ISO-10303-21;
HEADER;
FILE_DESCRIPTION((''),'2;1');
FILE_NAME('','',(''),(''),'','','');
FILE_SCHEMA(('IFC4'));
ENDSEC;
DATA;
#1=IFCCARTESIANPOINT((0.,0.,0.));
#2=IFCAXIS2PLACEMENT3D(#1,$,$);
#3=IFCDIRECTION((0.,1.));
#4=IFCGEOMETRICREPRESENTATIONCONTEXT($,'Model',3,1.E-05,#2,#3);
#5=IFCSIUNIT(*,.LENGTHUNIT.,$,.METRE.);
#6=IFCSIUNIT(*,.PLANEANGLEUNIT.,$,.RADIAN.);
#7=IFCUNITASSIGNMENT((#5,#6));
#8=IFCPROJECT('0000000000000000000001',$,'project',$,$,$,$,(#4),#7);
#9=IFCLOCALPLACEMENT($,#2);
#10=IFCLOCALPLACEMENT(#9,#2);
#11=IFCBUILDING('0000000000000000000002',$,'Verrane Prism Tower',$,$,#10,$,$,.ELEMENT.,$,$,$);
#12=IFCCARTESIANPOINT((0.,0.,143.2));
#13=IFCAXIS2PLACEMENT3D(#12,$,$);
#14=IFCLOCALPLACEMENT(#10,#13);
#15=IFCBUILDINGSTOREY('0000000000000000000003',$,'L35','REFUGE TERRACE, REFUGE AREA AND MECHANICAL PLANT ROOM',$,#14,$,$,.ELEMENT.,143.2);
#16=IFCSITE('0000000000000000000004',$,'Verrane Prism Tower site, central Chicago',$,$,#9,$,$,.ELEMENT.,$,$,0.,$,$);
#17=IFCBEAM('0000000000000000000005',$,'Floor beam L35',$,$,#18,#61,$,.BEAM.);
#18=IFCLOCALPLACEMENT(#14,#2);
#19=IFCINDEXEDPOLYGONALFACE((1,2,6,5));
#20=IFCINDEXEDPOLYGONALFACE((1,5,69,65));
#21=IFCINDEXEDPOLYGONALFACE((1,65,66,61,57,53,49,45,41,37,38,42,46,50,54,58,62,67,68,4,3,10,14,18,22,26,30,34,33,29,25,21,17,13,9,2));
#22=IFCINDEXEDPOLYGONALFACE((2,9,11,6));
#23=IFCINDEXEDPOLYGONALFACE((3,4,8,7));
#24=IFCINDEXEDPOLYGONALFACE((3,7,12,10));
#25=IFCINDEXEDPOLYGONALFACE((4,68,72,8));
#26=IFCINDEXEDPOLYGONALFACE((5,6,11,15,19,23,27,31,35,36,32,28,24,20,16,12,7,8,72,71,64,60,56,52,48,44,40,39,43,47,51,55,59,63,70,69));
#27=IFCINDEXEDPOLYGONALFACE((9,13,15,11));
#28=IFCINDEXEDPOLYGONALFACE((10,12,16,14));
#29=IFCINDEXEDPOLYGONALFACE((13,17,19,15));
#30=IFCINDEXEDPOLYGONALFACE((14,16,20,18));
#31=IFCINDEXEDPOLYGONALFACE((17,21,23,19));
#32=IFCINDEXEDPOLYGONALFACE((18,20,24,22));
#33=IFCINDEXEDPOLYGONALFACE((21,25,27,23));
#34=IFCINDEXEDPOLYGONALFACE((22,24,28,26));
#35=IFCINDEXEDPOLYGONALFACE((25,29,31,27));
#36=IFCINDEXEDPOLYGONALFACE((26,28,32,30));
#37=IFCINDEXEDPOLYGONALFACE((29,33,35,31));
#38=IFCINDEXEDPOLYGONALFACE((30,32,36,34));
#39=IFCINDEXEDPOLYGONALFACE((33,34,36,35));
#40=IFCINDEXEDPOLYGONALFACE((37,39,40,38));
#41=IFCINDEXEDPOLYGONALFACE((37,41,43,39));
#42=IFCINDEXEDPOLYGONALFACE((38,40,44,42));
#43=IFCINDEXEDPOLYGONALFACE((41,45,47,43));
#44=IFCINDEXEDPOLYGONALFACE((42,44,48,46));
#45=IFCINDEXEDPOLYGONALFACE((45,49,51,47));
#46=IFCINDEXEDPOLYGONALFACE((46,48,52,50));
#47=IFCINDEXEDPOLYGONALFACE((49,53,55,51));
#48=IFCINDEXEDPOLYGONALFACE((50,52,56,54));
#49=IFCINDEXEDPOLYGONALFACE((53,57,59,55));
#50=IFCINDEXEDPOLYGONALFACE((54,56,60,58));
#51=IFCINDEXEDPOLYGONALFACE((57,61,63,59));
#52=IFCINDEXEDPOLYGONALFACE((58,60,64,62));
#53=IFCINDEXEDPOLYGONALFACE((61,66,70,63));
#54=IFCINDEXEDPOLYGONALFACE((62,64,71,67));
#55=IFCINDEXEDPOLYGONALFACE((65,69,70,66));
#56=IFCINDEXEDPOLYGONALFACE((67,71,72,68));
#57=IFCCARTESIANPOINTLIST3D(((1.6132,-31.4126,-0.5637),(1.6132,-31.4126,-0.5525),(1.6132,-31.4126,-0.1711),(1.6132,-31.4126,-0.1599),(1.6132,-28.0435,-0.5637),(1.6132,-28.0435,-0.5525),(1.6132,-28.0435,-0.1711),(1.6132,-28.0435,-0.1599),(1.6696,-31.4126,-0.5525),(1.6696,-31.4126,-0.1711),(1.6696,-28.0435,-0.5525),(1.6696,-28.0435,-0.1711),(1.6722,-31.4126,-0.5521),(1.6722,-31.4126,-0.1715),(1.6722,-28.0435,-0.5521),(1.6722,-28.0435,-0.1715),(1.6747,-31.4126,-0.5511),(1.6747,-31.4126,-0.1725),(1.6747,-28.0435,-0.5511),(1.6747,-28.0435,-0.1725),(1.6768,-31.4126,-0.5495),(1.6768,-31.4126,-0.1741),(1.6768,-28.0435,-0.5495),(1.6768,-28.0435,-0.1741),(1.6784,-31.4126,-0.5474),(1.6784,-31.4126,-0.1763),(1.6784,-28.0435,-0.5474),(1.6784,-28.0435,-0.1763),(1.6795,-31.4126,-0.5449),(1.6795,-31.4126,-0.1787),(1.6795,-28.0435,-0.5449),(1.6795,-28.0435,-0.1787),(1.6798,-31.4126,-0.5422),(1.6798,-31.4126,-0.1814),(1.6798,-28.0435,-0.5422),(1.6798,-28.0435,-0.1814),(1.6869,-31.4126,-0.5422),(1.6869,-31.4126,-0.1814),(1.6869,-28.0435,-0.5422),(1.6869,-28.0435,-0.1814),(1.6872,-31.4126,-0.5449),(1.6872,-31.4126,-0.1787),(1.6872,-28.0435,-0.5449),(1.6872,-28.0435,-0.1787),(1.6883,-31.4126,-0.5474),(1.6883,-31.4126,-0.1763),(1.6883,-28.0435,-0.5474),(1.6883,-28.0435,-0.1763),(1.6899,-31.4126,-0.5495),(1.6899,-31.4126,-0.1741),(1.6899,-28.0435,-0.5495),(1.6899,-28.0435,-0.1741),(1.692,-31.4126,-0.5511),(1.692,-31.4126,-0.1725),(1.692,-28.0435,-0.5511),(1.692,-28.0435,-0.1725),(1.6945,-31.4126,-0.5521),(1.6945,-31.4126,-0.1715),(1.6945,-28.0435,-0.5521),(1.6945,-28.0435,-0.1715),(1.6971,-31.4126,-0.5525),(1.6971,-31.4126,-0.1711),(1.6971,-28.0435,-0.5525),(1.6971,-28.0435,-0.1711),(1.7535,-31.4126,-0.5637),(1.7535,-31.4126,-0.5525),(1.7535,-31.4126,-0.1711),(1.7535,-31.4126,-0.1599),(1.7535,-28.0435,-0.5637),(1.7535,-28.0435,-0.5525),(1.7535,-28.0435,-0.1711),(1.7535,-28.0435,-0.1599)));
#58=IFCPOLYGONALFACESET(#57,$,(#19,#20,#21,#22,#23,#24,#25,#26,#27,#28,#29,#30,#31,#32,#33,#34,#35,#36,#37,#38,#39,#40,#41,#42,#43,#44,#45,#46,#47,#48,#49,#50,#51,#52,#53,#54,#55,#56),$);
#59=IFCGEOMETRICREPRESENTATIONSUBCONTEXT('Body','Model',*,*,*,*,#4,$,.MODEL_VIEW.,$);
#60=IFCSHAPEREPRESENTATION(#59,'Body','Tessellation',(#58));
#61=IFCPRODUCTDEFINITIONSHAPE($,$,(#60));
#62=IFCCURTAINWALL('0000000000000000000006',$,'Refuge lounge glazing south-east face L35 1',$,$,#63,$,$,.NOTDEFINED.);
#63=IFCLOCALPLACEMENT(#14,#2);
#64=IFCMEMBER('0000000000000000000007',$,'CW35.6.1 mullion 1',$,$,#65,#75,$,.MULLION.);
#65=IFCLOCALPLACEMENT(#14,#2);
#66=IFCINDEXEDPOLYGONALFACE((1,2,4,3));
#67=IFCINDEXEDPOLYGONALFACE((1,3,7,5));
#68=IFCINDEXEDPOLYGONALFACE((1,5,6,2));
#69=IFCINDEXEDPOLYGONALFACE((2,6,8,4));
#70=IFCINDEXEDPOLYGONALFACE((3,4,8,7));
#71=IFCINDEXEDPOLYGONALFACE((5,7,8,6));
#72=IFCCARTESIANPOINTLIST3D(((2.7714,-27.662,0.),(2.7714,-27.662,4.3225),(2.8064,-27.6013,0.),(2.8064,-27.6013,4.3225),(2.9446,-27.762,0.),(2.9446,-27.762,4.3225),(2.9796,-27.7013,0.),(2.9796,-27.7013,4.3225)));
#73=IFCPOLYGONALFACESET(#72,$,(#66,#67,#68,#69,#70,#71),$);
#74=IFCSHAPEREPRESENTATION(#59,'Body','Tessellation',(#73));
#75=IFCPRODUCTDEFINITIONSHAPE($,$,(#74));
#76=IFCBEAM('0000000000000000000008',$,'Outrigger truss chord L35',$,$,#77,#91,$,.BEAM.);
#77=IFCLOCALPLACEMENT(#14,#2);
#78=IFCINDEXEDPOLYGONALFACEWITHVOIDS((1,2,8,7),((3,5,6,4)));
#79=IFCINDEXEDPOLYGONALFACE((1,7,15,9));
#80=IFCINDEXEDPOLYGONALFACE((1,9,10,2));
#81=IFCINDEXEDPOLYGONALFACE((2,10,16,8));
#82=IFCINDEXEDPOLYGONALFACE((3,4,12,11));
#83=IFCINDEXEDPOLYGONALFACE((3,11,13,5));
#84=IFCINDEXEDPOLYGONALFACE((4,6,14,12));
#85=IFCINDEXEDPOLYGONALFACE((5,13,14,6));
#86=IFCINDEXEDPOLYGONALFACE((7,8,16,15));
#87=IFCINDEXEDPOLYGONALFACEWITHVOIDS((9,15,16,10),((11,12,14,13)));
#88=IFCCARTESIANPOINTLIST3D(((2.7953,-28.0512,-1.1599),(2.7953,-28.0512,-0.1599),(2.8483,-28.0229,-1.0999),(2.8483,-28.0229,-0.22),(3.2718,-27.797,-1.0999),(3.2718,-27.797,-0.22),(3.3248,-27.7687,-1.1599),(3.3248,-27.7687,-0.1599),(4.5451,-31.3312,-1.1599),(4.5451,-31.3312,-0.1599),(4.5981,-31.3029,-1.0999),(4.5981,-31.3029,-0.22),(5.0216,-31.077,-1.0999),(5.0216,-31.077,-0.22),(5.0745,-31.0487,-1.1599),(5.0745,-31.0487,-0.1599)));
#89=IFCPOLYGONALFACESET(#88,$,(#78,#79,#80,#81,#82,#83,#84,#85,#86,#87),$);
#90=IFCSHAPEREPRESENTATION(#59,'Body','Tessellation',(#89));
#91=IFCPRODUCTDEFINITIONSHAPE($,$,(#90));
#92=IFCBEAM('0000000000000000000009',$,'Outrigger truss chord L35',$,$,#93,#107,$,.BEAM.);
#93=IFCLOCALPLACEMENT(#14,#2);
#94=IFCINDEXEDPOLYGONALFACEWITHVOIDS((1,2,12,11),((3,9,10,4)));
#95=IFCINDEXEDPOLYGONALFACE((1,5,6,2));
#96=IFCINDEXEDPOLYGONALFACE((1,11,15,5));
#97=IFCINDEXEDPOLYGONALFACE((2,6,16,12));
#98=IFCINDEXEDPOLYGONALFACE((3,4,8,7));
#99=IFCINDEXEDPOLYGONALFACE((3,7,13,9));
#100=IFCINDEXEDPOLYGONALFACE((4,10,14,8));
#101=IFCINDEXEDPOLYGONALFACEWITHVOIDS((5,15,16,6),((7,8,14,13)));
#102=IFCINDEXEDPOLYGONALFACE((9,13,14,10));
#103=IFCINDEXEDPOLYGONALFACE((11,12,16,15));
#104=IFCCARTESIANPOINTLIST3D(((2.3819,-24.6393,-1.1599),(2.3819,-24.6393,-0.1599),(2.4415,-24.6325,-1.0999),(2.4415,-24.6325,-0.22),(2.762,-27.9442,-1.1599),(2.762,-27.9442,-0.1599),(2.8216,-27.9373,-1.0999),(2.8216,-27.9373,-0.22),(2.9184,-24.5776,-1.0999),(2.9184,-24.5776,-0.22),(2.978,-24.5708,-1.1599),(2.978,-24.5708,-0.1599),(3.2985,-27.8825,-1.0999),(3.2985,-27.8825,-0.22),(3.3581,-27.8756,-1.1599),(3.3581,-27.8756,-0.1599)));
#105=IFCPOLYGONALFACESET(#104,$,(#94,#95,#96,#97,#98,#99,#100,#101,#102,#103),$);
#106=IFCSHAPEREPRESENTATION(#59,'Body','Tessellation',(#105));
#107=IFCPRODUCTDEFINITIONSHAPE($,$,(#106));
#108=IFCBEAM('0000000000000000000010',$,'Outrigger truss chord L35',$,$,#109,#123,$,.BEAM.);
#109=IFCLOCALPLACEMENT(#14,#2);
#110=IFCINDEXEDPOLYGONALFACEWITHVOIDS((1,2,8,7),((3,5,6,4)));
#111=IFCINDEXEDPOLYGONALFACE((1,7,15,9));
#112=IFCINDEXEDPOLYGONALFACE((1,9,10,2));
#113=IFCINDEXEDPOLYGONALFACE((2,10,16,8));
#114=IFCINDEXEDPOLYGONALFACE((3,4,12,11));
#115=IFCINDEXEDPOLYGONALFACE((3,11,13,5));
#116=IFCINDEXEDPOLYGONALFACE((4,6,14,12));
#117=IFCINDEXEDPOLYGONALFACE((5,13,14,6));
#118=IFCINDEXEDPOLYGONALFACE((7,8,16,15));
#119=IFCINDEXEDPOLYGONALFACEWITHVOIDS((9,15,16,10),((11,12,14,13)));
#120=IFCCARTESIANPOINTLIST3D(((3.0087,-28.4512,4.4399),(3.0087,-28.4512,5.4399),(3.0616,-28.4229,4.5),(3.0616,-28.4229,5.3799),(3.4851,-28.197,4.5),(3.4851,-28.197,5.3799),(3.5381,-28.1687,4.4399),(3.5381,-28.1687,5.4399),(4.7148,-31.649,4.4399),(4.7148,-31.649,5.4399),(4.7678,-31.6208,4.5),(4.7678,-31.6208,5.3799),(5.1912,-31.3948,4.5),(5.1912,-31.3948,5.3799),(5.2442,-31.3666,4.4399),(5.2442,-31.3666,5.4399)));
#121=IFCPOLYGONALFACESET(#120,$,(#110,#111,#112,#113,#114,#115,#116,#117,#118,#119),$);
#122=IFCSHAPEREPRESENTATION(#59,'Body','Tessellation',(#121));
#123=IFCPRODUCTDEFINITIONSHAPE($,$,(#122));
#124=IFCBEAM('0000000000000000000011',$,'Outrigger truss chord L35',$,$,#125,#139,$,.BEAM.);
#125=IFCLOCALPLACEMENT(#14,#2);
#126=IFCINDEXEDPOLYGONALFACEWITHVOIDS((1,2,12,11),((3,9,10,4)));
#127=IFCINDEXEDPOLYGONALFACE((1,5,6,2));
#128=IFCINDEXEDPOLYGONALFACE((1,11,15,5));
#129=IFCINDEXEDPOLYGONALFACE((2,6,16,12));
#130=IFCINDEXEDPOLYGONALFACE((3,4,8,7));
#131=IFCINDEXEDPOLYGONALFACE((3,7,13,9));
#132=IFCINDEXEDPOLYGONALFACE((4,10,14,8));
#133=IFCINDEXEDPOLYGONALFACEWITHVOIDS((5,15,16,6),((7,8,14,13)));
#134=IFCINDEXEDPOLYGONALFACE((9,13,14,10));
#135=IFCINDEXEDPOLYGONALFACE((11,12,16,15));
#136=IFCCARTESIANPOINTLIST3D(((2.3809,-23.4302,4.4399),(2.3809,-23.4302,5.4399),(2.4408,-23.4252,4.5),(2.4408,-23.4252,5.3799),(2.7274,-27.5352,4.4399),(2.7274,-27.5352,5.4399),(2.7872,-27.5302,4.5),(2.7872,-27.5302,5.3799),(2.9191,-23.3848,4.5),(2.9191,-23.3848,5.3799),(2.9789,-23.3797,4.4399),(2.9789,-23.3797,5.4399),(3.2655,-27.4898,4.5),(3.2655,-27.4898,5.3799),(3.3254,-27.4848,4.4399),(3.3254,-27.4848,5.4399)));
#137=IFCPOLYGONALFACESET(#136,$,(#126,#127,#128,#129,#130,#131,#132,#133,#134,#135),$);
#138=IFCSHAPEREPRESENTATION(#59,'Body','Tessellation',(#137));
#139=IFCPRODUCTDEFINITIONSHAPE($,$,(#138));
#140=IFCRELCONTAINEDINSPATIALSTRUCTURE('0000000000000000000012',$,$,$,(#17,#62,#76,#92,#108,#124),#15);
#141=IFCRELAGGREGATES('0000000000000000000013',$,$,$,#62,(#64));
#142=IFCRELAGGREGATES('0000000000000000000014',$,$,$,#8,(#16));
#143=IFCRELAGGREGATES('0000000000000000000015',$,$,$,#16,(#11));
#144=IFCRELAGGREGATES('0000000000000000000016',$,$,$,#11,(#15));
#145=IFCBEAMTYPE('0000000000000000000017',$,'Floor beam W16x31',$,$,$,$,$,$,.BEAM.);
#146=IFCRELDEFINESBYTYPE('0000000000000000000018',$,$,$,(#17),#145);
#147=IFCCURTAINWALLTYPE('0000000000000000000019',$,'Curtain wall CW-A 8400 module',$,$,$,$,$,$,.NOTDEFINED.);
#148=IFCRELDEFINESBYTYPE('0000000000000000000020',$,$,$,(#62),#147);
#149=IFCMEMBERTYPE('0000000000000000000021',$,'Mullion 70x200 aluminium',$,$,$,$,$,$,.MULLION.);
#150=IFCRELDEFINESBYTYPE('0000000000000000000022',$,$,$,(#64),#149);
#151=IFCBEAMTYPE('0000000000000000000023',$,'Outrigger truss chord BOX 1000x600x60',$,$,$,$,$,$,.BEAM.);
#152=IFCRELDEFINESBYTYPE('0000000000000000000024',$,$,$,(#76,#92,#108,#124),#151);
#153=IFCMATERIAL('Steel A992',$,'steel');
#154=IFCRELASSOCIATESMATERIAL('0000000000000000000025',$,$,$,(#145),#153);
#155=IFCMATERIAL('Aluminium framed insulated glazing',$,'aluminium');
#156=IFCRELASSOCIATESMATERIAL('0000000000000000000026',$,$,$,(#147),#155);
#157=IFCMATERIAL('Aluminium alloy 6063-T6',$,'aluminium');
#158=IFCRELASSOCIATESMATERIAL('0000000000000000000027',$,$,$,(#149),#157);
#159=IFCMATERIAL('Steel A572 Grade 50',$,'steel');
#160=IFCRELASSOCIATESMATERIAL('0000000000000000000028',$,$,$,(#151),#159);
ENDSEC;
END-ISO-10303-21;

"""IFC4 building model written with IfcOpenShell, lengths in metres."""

from ifc_helpers import new_model, si_unit, direction, frame, origin, origin_2d, place, context, subcontext, project, spatial, rectangle, hollow_rectangle, i_section, extrude, material, material_profile, profile_set, type_object, element, aggregate, save


model = new_model("IFC4")

# Units and contexts
model_context = context("Model", 3, precision=1e-05, world=origin(), true_north=direction((0.0, 1.0)))
body_context = subcontext(model_context, "Body", "Model", "MODEL_VIEW")
ifc_project = project(units=[si_unit("LENGTHUNIT", "METRE"), si_unit("PLANEANGLEUNIT", "RADIAN")], contexts=[model_context])

# Site, building, storey
site_placement = place(None, origin())
site = spatial("IfcSite", under=ifc_project, at=site_placement, Name="Verrane Prism Tower site, central Chicago", CompositionType="ELEMENT", RefElevation=0.0)
building_placement = place(site_placement, origin())
building = spatial("IfcBuilding", under=site, at=building_placement, Name="Verrane Prism Tower", CompositionType="ELEMENT")
storey_placement = place(building_placement, frame((0.0, 0.0, 143.2)))
storey = spatial("IfcBuildingStorey", under=building, at=storey_placement, Name="L35", Description="REFUGE TERRACE, REFUGE AREA AND MECHANICAL PLANT ROOM", CompositionType="ELEMENT", Elevation=143.2)

# Beam
ifc_material_1 = material(Name="Steel A992", Category="steel")
ifc_material_profile_1 = material_profile(ifc_material_1, i_section(OverallWidth=0.1404, OverallDepth=0.4038, WebThickness=0.0071, FlangeThickness=0.0112, FilletRadius=0.0103, at=origin_2d()), Name="W16x31")
ifc_profile_set_1 = profile_set([ifc_material_profile_1], Name="Steel A992")
beam_type_1 = type_object("IfcBeamType", Name="Floor beam W16x31", PredefinedType="BEAM", material=ifc_profile_set_1)
beam_1_placement = place(storey_placement, frame((1.6833, -31.4126, -0.3618), z_axis=(0.0, 1.0, 0.0), x_axis=(-1.0, 0.0, 0.0)))
element("IfcBeam", 1, at=beam_1_placement, inside=storey, type_object=beam_type_1, Name="Floor beam L35", PredefinedType="BEAM", context=body_context, shape_type="SweptSolid", body=[
    extrude(i_section(OverallWidth=0.1404, OverallDepth=0.4038, WebThickness=0.0071, FlangeThickness=0.0112, FilletRadius=0.0103, at=origin_2d()), origin(), (0.0, 0.0, 1.0), 3.3691),
])

# Curtain wall, member
ifc_material_2 = material(Name="Aluminium framed insulated glazing", Category="aluminium")
curtain_wall_type = type_object("IfcCurtainWallType", Name="Curtain wall CW-A 8400 module", PredefinedType="NOTDEFINED", material=ifc_material_2)
curtain_wall_placement = place(storey_placement, origin())
curtain_wall = element("IfcCurtainWall", 2, at=curtain_wall_placement, inside=storey, type_object=curtain_wall_type, Name="Refuge lounge glazing south-east face L35 1", PredefinedType="NOTDEFINED")
ifc_material_3 = material(Name="Aluminium alloy 6063-T6", Category="aluminium")
ifc_material_profile_2 = material_profile(ifc_material_3, rectangle(XDim=0.2, YDim=0.0701, at=origin_2d()), Name="Mullion 70x200 aluminium")
ifc_profile_set_2 = profile_set([ifc_material_profile_2], Name="Aluminium alloy 6063-T6")
member_type_1 = type_object("IfcMemberType", Name="Mullion 70x200 aluminium", PredefinedType="MULLION", material=ifc_profile_set_2)
member_1_placement = place(storey_placement, frame((2.8755, -27.6816, 0.0), z_axis=(0.0, 0.0, 1.0), x_axis=(-0.866024, 0.500002, 0.0)))
member_1 = element("IfcMember", 3, at=member_1_placement, type_object=member_type_1, Name="CW35.6.1 mullion 1", PredefinedType="MULLION", context=body_context, shape_type="SweptSolid", body=[
    extrude(rectangle(XDim=0.2, YDim=0.0701, at=origin_2d()), origin(), (0.0, 0.0, 1.0), 4.3225),
])

# Beams
ifc_material_4 = material(Name="Steel A572 Grade 50", Category="steel")
ifc_material_profile_3 = material_profile(ifc_material_4, hollow_rectangle(XDim=0.6001, YDim=1.0, WallThickness=0.0601, at=origin_2d()), Name="BOX 1000x600x60")
ifc_profile_set_3 = profile_set([ifc_material_profile_3], Name="Steel A572 Grade 50")
beam_type_2 = type_object("IfcBeamType", Name="Outrigger truss chord BOX 1000x600x60", PredefinedType="BEAM", material=ifc_profile_set_3)
beam_2_placement = place(storey_placement, frame((4.8098, -31.1899, -0.6599), z_axis=(-0.470673, 0.882307, 0.0), x_axis=(-0.882307, -0.470673, 0.0)))
element("IfcBeam", 4, at=beam_2_placement, inside=storey, type_object=beam_type_2, Name="Outrigger truss chord L35", PredefinedType="BEAM", context=body_context, shape_type="SweptSolid", body=[
    extrude(hollow_rectangle(XDim=0.6001, YDim=1.0, WallThickness=0.0601, at=origin_2d()), origin(), (0.0, 0.0, 1.0), 3.7175),
])
beam_3_placement = place(storey_placement, frame((3.0601, -27.9099, -0.6599), z_axis=(-0.114265, 0.99345, 0.0), x_axis=(-0.99345, -0.114265, 0.0)))
element("IfcBeam", 5, at=beam_3_placement, inside=storey, type_object=beam_type_2, Name="Outrigger truss chord L35", PredefinedType="BEAM", context=body_context, shape_type="SweptSolid", body=[
    extrude(hollow_rectangle(XDim=0.6001, YDim=1.0, WallThickness=0.0601, at=origin_2d()), origin(), (0.0, 0.0, 1.0), 3.3267),
])
beam_4_placement = place(storey_placement, frame((4.9795, -31.5078, 4.9399), z_axis=(-0.470714, 0.882286, 0.0), x_axis=(-0.882286, -0.470714, 0.0)))
element("IfcBeam", 6, at=beam_4_placement, inside=storey, type_object=beam_type_2, Name="Outrigger truss chord L35", PredefinedType="BEAM", context=body_context, shape_type="SweptSolid", body=[
    extrude(hollow_rectangle(XDim=0.6001, YDim=1.0, WallThickness=0.0601, at=origin_2d()), origin(), (0.0, 0.0, 1.0), 3.6245),
])
beam_5_placement = place(storey_placement, frame((3.0264, -27.51, 4.9399), z_axis=(-0.084095, 0.996458, 0.0), x_axis=(-0.996458, -0.084095, 0.0)))
element("IfcBeam", 7, at=beam_5_placement, inside=storey, type_object=beam_type_2, Name="Outrigger truss chord L35", PredefinedType="BEAM", context=body_context, shape_type="SweptSolid", body=[
    extrude(hollow_rectangle(XDim=0.6001, YDim=1.0, WallThickness=0.0601, at=origin_2d()), origin(), (0.0, 0.0, 1.0), 4.1196),
])

aggregate(curtain_wall, [member_1])

save(model, "model.ifc")
